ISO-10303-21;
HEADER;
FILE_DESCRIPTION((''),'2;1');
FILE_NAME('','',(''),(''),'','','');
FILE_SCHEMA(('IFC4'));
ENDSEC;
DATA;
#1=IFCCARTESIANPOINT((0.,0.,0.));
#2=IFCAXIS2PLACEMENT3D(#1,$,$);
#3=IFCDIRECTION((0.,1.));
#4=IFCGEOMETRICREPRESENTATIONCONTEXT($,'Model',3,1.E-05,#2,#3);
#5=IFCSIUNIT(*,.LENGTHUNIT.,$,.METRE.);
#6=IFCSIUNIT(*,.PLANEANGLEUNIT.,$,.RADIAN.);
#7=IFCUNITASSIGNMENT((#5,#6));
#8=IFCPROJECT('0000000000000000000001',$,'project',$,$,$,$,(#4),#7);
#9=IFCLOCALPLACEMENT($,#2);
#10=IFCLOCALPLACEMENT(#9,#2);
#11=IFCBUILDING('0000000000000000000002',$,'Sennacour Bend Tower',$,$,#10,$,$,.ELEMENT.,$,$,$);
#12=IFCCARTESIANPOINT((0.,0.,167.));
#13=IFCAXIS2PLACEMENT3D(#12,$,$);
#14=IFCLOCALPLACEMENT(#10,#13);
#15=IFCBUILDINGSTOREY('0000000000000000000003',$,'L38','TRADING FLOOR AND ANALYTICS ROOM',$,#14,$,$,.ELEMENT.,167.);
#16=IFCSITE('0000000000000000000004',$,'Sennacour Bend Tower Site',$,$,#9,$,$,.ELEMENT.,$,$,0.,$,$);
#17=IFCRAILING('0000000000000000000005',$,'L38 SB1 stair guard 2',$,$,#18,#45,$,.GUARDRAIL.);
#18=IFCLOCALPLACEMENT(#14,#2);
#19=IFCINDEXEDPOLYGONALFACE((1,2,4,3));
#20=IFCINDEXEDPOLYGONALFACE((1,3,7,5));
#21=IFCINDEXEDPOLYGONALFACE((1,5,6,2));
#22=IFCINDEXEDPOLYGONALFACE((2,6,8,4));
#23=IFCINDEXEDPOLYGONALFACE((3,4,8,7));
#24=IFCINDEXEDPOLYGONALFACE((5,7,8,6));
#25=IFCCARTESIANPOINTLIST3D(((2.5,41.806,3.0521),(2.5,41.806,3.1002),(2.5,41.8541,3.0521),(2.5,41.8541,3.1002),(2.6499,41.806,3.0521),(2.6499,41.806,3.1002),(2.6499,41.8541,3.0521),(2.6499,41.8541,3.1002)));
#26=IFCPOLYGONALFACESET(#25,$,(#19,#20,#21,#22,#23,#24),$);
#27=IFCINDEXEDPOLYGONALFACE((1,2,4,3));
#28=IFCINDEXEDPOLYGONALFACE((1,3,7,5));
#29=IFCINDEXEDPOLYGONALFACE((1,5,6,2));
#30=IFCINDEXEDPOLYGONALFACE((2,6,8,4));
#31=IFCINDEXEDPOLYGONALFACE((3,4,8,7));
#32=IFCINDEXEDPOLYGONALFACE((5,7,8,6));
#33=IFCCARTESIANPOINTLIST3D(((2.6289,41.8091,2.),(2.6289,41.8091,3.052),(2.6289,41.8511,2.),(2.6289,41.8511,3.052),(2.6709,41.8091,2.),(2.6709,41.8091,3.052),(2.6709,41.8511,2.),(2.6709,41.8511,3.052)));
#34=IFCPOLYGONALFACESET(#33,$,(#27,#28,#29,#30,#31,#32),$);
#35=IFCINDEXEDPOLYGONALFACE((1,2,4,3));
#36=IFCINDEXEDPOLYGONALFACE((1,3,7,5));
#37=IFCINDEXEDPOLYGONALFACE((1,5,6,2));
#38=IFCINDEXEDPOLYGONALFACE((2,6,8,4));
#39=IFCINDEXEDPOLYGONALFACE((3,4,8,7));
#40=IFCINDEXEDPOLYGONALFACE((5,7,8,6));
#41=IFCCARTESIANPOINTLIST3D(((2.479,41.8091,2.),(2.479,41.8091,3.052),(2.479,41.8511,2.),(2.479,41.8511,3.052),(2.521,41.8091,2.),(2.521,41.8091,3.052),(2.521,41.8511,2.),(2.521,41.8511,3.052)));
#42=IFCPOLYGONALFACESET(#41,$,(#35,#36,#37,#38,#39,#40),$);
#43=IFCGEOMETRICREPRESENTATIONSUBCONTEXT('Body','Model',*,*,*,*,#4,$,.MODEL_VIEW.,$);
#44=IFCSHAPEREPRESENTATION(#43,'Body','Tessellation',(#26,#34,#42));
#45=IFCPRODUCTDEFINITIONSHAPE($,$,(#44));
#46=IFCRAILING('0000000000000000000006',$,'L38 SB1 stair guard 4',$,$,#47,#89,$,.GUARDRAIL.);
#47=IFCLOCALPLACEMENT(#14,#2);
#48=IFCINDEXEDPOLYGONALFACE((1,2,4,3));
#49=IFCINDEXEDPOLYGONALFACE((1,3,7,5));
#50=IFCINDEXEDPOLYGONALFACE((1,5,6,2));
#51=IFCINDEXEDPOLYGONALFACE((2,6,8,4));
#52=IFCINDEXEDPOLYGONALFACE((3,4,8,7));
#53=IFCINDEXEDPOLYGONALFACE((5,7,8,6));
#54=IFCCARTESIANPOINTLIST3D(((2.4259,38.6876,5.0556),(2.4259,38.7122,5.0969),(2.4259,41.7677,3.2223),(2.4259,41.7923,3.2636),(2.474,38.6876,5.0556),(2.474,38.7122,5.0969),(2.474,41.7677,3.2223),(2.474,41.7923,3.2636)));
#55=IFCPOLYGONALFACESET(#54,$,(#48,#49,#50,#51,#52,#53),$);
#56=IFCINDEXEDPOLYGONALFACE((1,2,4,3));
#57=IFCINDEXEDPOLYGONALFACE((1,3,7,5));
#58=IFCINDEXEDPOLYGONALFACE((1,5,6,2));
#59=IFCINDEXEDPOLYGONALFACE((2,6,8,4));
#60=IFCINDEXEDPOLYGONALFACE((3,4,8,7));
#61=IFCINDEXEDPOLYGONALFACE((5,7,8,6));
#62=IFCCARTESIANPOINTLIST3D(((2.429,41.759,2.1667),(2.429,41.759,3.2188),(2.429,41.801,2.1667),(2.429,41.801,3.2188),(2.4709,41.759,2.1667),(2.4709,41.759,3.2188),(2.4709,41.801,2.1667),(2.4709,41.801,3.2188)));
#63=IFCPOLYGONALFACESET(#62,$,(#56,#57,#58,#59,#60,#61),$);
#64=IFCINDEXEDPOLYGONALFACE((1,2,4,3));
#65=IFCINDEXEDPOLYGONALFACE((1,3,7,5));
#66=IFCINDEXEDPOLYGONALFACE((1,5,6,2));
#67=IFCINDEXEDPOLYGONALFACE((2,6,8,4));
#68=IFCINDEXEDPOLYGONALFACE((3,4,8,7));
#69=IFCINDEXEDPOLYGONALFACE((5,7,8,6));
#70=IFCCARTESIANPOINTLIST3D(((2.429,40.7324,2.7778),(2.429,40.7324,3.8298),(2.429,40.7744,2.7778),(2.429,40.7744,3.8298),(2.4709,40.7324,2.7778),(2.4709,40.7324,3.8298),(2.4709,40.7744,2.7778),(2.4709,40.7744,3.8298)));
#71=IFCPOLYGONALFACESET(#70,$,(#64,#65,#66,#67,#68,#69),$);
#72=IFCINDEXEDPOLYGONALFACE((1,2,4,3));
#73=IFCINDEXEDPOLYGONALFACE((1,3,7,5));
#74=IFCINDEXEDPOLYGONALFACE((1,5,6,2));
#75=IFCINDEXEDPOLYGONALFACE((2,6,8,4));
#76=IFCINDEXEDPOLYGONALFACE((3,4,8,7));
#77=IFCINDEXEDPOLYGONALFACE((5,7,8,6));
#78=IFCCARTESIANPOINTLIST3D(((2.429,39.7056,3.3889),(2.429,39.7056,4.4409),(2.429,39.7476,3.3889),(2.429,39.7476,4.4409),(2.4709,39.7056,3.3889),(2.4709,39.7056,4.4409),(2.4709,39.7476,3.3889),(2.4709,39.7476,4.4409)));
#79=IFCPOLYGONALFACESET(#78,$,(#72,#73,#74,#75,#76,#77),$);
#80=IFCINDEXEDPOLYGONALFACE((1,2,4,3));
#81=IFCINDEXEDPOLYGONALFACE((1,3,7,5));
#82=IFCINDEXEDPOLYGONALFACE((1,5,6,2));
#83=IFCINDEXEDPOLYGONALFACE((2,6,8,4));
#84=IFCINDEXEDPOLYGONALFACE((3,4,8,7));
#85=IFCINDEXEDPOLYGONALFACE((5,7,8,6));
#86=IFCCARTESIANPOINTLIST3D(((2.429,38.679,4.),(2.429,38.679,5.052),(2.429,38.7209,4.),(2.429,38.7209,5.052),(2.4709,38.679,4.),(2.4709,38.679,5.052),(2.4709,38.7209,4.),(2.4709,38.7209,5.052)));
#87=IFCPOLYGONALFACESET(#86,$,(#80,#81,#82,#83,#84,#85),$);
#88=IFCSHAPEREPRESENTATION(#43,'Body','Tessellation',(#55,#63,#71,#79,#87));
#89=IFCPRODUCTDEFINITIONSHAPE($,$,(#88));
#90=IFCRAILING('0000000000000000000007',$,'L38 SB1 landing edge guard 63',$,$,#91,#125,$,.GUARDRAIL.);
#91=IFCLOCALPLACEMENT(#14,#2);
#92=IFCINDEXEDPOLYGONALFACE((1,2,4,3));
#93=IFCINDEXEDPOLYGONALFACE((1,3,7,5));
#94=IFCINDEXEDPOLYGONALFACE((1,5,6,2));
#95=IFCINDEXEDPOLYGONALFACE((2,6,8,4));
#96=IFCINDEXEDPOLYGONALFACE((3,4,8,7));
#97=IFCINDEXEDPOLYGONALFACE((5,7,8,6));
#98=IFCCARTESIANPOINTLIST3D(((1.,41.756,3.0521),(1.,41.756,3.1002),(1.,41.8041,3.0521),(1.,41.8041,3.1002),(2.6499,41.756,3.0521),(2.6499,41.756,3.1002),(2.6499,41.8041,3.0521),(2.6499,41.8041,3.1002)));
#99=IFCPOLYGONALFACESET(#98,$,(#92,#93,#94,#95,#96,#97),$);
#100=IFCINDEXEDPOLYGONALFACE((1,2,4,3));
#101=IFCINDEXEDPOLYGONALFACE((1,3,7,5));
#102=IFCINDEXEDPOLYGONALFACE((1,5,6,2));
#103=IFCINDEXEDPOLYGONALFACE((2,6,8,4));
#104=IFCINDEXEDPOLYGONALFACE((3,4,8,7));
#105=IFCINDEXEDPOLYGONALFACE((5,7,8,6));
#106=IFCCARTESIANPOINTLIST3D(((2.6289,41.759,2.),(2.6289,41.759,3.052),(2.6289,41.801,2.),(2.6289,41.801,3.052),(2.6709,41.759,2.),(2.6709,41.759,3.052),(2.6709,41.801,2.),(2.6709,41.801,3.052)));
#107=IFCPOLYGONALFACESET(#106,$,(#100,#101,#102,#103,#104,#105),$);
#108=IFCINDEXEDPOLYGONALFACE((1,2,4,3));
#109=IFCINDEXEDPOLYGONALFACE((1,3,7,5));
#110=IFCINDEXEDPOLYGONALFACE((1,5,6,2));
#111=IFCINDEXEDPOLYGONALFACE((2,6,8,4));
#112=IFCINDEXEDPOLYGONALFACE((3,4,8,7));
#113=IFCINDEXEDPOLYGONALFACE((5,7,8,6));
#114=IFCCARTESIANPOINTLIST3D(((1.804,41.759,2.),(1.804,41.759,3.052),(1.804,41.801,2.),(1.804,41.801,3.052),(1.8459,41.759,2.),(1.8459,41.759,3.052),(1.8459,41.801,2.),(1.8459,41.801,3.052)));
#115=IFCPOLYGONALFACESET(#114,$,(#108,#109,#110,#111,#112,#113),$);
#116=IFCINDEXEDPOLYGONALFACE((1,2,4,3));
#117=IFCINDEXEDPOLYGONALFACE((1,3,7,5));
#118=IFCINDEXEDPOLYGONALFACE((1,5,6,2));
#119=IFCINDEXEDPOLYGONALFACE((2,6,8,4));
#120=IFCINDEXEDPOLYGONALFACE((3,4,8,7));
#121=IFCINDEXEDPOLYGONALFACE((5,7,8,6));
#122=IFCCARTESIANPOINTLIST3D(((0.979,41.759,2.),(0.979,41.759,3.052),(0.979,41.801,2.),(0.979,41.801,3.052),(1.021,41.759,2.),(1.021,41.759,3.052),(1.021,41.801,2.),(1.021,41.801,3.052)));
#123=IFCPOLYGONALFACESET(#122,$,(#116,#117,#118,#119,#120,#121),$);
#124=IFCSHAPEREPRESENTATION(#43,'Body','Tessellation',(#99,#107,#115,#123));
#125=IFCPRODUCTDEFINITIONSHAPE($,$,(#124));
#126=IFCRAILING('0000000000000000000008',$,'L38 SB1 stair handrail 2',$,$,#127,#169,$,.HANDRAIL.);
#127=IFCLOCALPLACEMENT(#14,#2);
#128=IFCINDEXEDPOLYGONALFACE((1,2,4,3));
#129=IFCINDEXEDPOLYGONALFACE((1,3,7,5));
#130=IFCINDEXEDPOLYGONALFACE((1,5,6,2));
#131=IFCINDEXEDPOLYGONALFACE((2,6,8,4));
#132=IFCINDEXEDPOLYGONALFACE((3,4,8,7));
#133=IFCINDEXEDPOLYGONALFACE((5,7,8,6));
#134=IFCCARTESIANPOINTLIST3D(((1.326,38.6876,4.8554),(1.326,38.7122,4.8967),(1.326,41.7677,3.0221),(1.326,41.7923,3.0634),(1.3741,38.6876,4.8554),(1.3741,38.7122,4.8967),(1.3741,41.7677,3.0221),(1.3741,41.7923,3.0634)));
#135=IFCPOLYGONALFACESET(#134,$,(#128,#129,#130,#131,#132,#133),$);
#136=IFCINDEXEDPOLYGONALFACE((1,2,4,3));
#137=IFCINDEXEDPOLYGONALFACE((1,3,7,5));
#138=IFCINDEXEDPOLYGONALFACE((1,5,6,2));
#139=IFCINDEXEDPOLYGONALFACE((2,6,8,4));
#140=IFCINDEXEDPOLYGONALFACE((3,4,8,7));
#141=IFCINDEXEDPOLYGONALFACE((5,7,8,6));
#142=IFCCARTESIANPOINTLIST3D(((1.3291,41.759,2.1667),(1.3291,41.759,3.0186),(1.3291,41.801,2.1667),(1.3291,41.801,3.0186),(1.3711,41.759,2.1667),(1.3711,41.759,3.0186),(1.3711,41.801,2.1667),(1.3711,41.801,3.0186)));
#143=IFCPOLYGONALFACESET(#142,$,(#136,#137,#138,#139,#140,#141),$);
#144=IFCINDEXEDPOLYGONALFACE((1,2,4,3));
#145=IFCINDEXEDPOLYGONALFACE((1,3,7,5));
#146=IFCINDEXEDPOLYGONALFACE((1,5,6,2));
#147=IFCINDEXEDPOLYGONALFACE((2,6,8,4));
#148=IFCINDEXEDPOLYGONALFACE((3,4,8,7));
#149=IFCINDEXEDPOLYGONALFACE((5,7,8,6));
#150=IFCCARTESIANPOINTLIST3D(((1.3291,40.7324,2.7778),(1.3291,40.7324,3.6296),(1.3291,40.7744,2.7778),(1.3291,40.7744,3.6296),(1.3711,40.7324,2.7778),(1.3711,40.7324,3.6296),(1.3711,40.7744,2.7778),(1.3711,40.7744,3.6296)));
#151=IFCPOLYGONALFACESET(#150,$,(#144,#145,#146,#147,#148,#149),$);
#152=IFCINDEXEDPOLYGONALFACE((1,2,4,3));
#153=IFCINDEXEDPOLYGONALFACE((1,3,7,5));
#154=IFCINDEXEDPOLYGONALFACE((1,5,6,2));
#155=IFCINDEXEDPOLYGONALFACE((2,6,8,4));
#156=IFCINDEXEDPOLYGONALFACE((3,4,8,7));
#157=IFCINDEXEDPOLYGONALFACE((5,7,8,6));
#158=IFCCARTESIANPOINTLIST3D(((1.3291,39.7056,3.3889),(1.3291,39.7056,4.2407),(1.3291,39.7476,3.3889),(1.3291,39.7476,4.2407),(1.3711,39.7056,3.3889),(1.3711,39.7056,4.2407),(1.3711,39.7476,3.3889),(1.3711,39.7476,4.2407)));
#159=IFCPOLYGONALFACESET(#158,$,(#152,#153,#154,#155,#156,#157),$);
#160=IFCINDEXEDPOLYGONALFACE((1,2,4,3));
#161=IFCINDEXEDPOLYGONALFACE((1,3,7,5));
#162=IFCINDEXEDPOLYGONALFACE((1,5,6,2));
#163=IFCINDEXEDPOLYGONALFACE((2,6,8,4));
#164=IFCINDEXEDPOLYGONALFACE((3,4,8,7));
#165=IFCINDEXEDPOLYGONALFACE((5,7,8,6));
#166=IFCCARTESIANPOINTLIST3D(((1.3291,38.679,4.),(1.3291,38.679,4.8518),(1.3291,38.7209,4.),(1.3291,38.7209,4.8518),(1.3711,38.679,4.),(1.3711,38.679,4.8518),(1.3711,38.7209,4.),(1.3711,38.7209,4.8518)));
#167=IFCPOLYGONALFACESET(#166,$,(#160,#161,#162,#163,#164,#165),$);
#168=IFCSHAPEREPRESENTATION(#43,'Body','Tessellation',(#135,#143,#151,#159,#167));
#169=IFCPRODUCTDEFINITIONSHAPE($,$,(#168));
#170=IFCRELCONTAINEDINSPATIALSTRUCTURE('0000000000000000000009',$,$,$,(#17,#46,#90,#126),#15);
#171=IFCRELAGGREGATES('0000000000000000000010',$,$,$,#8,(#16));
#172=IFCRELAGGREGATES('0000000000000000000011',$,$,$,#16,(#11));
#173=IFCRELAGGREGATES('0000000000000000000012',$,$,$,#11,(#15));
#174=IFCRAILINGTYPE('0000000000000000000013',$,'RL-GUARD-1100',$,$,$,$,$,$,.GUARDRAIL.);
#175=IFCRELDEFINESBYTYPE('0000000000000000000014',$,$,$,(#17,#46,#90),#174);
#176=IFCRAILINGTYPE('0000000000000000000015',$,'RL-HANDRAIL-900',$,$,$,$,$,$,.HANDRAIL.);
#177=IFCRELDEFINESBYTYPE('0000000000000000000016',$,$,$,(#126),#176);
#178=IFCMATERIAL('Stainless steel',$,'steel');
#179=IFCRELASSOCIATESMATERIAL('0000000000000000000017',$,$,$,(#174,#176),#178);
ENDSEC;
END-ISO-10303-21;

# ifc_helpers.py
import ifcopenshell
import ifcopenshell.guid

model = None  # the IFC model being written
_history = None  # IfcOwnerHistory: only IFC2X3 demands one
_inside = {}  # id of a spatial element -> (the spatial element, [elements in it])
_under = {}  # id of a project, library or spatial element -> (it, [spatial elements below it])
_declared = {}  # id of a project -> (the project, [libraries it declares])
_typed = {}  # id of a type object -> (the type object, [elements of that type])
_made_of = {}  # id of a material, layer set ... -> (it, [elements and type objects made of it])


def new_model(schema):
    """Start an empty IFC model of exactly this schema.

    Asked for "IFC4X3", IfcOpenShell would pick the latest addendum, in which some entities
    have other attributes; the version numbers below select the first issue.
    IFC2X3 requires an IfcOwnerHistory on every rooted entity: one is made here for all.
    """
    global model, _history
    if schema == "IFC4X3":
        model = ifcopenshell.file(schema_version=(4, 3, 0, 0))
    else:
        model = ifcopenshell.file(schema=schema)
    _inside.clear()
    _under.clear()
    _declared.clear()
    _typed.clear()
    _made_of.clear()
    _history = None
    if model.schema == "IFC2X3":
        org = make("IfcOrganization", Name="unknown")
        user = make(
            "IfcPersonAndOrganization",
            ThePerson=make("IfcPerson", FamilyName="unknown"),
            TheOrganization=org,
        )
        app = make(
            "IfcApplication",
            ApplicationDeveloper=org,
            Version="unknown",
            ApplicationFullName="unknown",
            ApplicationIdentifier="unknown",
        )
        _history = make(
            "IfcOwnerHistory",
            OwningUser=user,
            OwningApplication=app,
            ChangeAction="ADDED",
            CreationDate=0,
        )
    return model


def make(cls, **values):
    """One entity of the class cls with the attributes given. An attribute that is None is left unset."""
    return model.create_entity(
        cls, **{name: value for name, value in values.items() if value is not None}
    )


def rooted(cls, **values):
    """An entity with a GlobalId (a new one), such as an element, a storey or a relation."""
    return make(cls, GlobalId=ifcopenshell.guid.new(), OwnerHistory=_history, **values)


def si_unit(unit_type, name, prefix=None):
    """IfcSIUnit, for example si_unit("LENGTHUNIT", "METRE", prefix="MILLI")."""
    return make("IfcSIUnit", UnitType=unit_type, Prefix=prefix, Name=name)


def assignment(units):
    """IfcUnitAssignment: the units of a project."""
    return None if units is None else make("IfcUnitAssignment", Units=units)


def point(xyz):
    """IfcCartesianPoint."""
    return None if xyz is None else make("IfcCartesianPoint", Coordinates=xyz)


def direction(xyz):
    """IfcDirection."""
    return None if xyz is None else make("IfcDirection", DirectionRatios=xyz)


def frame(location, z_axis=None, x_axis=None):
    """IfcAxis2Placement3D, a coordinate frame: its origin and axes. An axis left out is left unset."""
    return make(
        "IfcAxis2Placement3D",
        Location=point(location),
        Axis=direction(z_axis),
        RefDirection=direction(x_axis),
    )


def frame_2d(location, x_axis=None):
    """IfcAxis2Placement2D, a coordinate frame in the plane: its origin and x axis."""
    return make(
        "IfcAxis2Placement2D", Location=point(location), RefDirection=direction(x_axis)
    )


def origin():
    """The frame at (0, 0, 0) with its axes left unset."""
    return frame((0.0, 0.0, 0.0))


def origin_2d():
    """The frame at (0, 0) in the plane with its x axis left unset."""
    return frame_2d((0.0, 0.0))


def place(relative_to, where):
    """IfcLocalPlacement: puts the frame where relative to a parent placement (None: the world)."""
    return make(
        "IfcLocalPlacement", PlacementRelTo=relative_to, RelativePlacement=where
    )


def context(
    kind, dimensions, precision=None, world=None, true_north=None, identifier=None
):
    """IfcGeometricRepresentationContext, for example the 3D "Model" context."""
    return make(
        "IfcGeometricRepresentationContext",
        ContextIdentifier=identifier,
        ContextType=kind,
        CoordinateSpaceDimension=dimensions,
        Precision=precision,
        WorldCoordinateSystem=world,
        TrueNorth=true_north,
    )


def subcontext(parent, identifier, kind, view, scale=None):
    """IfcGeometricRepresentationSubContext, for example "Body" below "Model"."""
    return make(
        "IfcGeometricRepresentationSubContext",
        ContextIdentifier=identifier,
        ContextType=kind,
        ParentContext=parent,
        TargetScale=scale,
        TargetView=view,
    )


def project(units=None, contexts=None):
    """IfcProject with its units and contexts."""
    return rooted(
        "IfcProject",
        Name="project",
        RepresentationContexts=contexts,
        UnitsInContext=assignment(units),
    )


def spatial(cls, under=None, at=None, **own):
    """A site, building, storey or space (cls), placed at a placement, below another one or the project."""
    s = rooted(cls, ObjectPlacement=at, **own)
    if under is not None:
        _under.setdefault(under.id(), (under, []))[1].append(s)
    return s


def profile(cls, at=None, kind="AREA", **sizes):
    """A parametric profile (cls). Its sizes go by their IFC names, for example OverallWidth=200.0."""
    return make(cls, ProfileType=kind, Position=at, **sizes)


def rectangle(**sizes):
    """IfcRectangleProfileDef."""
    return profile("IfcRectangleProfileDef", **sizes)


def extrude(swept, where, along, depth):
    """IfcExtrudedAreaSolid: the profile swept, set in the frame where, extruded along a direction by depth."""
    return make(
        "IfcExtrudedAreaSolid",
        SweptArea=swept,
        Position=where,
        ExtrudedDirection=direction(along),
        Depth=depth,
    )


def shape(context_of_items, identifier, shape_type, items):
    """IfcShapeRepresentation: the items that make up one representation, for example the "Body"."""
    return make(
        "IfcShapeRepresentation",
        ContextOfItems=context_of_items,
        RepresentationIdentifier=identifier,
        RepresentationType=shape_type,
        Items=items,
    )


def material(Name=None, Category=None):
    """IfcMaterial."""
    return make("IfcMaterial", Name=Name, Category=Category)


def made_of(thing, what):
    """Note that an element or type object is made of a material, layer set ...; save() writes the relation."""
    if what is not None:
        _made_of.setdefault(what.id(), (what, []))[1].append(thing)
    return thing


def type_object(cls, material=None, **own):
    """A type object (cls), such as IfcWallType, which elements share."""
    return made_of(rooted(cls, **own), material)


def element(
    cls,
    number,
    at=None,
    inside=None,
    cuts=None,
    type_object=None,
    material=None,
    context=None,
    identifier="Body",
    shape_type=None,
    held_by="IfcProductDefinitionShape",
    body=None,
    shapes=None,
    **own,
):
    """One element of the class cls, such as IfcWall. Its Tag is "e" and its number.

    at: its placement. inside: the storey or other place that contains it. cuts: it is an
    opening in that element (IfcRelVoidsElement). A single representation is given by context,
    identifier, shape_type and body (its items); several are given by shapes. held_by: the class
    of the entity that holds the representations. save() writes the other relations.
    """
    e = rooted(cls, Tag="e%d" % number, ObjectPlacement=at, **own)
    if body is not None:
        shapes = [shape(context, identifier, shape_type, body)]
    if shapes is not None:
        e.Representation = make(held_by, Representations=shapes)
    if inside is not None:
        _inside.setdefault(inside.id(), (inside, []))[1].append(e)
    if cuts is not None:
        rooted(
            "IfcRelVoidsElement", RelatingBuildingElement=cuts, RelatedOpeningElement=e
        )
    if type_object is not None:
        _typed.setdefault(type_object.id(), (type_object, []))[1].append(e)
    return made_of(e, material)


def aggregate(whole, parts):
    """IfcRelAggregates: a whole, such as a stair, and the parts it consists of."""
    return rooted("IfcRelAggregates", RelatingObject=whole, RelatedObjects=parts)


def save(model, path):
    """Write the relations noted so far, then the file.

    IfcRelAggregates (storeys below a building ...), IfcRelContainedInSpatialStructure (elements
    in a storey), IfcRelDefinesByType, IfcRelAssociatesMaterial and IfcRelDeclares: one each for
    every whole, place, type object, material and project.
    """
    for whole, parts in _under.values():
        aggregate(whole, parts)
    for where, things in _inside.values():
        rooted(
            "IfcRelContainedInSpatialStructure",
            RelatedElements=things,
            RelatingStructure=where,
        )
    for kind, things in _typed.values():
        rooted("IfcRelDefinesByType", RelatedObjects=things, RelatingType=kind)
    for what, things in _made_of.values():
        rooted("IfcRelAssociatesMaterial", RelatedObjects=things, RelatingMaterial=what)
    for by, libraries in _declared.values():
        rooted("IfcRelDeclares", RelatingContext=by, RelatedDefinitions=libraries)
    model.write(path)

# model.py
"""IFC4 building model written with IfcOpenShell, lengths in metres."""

from ifc_helpers import new_model, si_unit, direction, frame, origin, origin_2d, place, context, subcontext, project, spatial, rectangle, extrude, material, type_object, element, save


model = new_model("IFC4")

# Units and contexts
model_context = context("Model", 3, precision=1e-05, world=origin(), true_north=direction((0.0, 1.0)))
body_context = subcontext(model_context, "Body", "Model", "MODEL_VIEW")
ifc_project = project(units=[si_unit("LENGTHUNIT", "METRE"), si_unit("PLANEANGLEUNIT", "RADIAN")], contexts=[model_context])

# Site, building, storey
site_placement = place(None, origin())
site = spatial("IfcSite", under=ifc_project, at=site_placement, Name="Sennacour Bend Tower Site", CompositionType="ELEMENT", RefElevation=0.0)
building_placement = place(site_placement, origin())
building = spatial("IfcBuilding", under=site, at=building_placement, Name="Sennacour Bend Tower", CompositionType="ELEMENT")
storey_placement = place(building_placement, frame((0.0, 0.0, 167.0)))
storey = spatial("IfcBuildingStorey", under=building, at=storey_placement, Name="L38", Description="TRADING FLOOR AND ANALYTICS ROOM", CompositionType="ELEMENT", Elevation=167.0)

# Railings
ifc_material_1 = material(Name="Stainless steel", Category="steel")
railing_type_1 = type_object("IfcRailingType", Name="RL-GUARD-1100", PredefinedType="GUARDRAIL", material=ifc_material_1)
railing_1_placement = place(storey_placement, frame((2.6499, 41.8301, 2.0)))
element("IfcRailing", 1, at=railing_1_placement, inside=storey, type_object=railing_type_1, Name="L38 SB1 stair guard 2", PredefinedType="GUARDRAIL", context=body_context, shape_type="SweptSolid", body=[
    extrude(rectangle(XDim=0.0481, YDim=0.0481, at=origin_2d()), frame((0.0, 0.0, 1.0762), z_axis=(-1.0, 0.0, 0.0), x_axis=(0.0, -1.0, 0.0)), (0.0, 0.0, 1.0), 0.1499),
    extrude(rectangle(XDim=0.042, YDim=0.042, at=origin_2d()), origin(), (0.0, 0.0, 1.0), 1.052),
    extrude(rectangle(XDim=0.042, YDim=0.042, at=origin_2d()), frame((-0.1499, 0.0, 0.0)), (0.0, 0.0, 1.0), 1.052),
])
railing_2_placement = place(storey_placement, frame((2.45, 41.78, 2.1667)))
element("IfcRailing", 2, at=railing_2_placement, inside=storey, type_object=railing_type_1, Name="L38 SB1 stair guard 4", PredefinedType="GUARDRAIL", context=body_context, shape_type="SweptSolid", body=[
    extrude(rectangle(XDim=0.0481, YDim=0.0481, at=origin_2d()), frame((0.0, 0.0, 1.0762), z_axis=(0.0, -0.859309, 0.511458), x_axis=(1.0, 0.0, 0.0)), (0.0, 0.0, 1.0), 3.5845),
    extrude(rectangle(XDim=0.042, YDim=0.042, at=origin_2d()), origin(), (0.0, 0.0, 1.0), 1.052),
    extrude(rectangle(XDim=0.042, YDim=0.042, at=origin_2d()), frame((0.0, -1.0266, 0.6111)), (0.0, 0.0, 1.0), 1.052),
    extrude(rectangle(XDim=0.042, YDim=0.042, at=origin_2d()), frame((0.0, -2.0535, 1.2222)), (0.0, 0.0, 1.0), 1.052),
    extrude(rectangle(XDim=0.042, YDim=0.042, at=origin_2d()), frame((0.0, -3.0801, 1.8333)), (0.0, 0.0, 1.0), 1.052),
])
railing_3_placement = place(storey_placement, frame((2.6499, 41.78, 2.0)))
element("IfcRailing", 3, at=railing_3_placement, inside=storey, type_object=railing_type_1, Name="L38 SB1 landing edge guard 63", PredefinedType="GUARDRAIL", context=body_context, shape_type="SweptSolid", body=[
    extrude(rectangle(XDim=0.0481, YDim=0.0481, at=origin_2d()), frame((0.0, 0.0, 1.0762), z_axis=(-1.0, 0.0, 0.0), x_axis=(0.0, -1.0, 0.0)), (0.0, 0.0, 1.0), 1.6499),
    extrude(rectangle(XDim=0.042, YDim=0.042, at=origin_2d()), origin(), (0.0, 0.0, 1.0), 1.052),
    extrude(rectangle(XDim=0.042, YDim=0.042, at=origin_2d()), frame((-0.825, 0.0, 0.0)), (0.0, 0.0, 1.0), 1.052),
    extrude(rectangle(XDim=0.042, YDim=0.042, at=origin_2d()), frame((-1.6499, 0.0, 0.0)), (0.0, 0.0, 1.0), 1.052),
])
railing_type_2 = type_object("IfcRailingType", Name="RL-HANDRAIL-900", PredefinedType="HANDRAIL", material=ifc_material_1)
railing_4_placement = place(storey_placement, frame((1.3501, 41.78, 2.1667)))
element("IfcRailing", 4, at=railing_4_placement, inside=storey, type_object=railing_type_2, Name="L38 SB1 stair handrail 2", PredefinedType="HANDRAIL", context=body_context, shape_type="SweptSolid", body=[
    extrude(rectangle(XDim=0.0481, YDim=0.0481, at=origin_2d()), frame((0.0, 0.0, 0.876), z_axis=(0.0, -0.859309, 0.511458), x_axis=(1.0, 0.0, 0.0)), (0.0, 0.0, 1.0), 3.5845),
    extrude(rectangle(XDim=0.042, YDim=0.042, at=origin_2d()), origin(), (0.0, 0.0, 1.0), 0.8518),
    extrude(rectangle(XDim=0.042, YDim=0.042, at=origin_2d()), frame((0.0, -1.0266, 0.6111)), (0.0, 0.0, 1.0), 0.8518),
    extrude(rectangle(XDim=0.042, YDim=0.042, at=origin_2d()), frame((0.0, -2.0535, 1.2222)), (0.0, 0.0, 1.0), 0.8518),
    extrude(rectangle(XDim=0.042, YDim=0.042, at=origin_2d()), frame((0.0, -3.0801, 1.8333)), (0.0, 0.0, 1.0), 0.8518),
])

save(model, "model.ifc")
